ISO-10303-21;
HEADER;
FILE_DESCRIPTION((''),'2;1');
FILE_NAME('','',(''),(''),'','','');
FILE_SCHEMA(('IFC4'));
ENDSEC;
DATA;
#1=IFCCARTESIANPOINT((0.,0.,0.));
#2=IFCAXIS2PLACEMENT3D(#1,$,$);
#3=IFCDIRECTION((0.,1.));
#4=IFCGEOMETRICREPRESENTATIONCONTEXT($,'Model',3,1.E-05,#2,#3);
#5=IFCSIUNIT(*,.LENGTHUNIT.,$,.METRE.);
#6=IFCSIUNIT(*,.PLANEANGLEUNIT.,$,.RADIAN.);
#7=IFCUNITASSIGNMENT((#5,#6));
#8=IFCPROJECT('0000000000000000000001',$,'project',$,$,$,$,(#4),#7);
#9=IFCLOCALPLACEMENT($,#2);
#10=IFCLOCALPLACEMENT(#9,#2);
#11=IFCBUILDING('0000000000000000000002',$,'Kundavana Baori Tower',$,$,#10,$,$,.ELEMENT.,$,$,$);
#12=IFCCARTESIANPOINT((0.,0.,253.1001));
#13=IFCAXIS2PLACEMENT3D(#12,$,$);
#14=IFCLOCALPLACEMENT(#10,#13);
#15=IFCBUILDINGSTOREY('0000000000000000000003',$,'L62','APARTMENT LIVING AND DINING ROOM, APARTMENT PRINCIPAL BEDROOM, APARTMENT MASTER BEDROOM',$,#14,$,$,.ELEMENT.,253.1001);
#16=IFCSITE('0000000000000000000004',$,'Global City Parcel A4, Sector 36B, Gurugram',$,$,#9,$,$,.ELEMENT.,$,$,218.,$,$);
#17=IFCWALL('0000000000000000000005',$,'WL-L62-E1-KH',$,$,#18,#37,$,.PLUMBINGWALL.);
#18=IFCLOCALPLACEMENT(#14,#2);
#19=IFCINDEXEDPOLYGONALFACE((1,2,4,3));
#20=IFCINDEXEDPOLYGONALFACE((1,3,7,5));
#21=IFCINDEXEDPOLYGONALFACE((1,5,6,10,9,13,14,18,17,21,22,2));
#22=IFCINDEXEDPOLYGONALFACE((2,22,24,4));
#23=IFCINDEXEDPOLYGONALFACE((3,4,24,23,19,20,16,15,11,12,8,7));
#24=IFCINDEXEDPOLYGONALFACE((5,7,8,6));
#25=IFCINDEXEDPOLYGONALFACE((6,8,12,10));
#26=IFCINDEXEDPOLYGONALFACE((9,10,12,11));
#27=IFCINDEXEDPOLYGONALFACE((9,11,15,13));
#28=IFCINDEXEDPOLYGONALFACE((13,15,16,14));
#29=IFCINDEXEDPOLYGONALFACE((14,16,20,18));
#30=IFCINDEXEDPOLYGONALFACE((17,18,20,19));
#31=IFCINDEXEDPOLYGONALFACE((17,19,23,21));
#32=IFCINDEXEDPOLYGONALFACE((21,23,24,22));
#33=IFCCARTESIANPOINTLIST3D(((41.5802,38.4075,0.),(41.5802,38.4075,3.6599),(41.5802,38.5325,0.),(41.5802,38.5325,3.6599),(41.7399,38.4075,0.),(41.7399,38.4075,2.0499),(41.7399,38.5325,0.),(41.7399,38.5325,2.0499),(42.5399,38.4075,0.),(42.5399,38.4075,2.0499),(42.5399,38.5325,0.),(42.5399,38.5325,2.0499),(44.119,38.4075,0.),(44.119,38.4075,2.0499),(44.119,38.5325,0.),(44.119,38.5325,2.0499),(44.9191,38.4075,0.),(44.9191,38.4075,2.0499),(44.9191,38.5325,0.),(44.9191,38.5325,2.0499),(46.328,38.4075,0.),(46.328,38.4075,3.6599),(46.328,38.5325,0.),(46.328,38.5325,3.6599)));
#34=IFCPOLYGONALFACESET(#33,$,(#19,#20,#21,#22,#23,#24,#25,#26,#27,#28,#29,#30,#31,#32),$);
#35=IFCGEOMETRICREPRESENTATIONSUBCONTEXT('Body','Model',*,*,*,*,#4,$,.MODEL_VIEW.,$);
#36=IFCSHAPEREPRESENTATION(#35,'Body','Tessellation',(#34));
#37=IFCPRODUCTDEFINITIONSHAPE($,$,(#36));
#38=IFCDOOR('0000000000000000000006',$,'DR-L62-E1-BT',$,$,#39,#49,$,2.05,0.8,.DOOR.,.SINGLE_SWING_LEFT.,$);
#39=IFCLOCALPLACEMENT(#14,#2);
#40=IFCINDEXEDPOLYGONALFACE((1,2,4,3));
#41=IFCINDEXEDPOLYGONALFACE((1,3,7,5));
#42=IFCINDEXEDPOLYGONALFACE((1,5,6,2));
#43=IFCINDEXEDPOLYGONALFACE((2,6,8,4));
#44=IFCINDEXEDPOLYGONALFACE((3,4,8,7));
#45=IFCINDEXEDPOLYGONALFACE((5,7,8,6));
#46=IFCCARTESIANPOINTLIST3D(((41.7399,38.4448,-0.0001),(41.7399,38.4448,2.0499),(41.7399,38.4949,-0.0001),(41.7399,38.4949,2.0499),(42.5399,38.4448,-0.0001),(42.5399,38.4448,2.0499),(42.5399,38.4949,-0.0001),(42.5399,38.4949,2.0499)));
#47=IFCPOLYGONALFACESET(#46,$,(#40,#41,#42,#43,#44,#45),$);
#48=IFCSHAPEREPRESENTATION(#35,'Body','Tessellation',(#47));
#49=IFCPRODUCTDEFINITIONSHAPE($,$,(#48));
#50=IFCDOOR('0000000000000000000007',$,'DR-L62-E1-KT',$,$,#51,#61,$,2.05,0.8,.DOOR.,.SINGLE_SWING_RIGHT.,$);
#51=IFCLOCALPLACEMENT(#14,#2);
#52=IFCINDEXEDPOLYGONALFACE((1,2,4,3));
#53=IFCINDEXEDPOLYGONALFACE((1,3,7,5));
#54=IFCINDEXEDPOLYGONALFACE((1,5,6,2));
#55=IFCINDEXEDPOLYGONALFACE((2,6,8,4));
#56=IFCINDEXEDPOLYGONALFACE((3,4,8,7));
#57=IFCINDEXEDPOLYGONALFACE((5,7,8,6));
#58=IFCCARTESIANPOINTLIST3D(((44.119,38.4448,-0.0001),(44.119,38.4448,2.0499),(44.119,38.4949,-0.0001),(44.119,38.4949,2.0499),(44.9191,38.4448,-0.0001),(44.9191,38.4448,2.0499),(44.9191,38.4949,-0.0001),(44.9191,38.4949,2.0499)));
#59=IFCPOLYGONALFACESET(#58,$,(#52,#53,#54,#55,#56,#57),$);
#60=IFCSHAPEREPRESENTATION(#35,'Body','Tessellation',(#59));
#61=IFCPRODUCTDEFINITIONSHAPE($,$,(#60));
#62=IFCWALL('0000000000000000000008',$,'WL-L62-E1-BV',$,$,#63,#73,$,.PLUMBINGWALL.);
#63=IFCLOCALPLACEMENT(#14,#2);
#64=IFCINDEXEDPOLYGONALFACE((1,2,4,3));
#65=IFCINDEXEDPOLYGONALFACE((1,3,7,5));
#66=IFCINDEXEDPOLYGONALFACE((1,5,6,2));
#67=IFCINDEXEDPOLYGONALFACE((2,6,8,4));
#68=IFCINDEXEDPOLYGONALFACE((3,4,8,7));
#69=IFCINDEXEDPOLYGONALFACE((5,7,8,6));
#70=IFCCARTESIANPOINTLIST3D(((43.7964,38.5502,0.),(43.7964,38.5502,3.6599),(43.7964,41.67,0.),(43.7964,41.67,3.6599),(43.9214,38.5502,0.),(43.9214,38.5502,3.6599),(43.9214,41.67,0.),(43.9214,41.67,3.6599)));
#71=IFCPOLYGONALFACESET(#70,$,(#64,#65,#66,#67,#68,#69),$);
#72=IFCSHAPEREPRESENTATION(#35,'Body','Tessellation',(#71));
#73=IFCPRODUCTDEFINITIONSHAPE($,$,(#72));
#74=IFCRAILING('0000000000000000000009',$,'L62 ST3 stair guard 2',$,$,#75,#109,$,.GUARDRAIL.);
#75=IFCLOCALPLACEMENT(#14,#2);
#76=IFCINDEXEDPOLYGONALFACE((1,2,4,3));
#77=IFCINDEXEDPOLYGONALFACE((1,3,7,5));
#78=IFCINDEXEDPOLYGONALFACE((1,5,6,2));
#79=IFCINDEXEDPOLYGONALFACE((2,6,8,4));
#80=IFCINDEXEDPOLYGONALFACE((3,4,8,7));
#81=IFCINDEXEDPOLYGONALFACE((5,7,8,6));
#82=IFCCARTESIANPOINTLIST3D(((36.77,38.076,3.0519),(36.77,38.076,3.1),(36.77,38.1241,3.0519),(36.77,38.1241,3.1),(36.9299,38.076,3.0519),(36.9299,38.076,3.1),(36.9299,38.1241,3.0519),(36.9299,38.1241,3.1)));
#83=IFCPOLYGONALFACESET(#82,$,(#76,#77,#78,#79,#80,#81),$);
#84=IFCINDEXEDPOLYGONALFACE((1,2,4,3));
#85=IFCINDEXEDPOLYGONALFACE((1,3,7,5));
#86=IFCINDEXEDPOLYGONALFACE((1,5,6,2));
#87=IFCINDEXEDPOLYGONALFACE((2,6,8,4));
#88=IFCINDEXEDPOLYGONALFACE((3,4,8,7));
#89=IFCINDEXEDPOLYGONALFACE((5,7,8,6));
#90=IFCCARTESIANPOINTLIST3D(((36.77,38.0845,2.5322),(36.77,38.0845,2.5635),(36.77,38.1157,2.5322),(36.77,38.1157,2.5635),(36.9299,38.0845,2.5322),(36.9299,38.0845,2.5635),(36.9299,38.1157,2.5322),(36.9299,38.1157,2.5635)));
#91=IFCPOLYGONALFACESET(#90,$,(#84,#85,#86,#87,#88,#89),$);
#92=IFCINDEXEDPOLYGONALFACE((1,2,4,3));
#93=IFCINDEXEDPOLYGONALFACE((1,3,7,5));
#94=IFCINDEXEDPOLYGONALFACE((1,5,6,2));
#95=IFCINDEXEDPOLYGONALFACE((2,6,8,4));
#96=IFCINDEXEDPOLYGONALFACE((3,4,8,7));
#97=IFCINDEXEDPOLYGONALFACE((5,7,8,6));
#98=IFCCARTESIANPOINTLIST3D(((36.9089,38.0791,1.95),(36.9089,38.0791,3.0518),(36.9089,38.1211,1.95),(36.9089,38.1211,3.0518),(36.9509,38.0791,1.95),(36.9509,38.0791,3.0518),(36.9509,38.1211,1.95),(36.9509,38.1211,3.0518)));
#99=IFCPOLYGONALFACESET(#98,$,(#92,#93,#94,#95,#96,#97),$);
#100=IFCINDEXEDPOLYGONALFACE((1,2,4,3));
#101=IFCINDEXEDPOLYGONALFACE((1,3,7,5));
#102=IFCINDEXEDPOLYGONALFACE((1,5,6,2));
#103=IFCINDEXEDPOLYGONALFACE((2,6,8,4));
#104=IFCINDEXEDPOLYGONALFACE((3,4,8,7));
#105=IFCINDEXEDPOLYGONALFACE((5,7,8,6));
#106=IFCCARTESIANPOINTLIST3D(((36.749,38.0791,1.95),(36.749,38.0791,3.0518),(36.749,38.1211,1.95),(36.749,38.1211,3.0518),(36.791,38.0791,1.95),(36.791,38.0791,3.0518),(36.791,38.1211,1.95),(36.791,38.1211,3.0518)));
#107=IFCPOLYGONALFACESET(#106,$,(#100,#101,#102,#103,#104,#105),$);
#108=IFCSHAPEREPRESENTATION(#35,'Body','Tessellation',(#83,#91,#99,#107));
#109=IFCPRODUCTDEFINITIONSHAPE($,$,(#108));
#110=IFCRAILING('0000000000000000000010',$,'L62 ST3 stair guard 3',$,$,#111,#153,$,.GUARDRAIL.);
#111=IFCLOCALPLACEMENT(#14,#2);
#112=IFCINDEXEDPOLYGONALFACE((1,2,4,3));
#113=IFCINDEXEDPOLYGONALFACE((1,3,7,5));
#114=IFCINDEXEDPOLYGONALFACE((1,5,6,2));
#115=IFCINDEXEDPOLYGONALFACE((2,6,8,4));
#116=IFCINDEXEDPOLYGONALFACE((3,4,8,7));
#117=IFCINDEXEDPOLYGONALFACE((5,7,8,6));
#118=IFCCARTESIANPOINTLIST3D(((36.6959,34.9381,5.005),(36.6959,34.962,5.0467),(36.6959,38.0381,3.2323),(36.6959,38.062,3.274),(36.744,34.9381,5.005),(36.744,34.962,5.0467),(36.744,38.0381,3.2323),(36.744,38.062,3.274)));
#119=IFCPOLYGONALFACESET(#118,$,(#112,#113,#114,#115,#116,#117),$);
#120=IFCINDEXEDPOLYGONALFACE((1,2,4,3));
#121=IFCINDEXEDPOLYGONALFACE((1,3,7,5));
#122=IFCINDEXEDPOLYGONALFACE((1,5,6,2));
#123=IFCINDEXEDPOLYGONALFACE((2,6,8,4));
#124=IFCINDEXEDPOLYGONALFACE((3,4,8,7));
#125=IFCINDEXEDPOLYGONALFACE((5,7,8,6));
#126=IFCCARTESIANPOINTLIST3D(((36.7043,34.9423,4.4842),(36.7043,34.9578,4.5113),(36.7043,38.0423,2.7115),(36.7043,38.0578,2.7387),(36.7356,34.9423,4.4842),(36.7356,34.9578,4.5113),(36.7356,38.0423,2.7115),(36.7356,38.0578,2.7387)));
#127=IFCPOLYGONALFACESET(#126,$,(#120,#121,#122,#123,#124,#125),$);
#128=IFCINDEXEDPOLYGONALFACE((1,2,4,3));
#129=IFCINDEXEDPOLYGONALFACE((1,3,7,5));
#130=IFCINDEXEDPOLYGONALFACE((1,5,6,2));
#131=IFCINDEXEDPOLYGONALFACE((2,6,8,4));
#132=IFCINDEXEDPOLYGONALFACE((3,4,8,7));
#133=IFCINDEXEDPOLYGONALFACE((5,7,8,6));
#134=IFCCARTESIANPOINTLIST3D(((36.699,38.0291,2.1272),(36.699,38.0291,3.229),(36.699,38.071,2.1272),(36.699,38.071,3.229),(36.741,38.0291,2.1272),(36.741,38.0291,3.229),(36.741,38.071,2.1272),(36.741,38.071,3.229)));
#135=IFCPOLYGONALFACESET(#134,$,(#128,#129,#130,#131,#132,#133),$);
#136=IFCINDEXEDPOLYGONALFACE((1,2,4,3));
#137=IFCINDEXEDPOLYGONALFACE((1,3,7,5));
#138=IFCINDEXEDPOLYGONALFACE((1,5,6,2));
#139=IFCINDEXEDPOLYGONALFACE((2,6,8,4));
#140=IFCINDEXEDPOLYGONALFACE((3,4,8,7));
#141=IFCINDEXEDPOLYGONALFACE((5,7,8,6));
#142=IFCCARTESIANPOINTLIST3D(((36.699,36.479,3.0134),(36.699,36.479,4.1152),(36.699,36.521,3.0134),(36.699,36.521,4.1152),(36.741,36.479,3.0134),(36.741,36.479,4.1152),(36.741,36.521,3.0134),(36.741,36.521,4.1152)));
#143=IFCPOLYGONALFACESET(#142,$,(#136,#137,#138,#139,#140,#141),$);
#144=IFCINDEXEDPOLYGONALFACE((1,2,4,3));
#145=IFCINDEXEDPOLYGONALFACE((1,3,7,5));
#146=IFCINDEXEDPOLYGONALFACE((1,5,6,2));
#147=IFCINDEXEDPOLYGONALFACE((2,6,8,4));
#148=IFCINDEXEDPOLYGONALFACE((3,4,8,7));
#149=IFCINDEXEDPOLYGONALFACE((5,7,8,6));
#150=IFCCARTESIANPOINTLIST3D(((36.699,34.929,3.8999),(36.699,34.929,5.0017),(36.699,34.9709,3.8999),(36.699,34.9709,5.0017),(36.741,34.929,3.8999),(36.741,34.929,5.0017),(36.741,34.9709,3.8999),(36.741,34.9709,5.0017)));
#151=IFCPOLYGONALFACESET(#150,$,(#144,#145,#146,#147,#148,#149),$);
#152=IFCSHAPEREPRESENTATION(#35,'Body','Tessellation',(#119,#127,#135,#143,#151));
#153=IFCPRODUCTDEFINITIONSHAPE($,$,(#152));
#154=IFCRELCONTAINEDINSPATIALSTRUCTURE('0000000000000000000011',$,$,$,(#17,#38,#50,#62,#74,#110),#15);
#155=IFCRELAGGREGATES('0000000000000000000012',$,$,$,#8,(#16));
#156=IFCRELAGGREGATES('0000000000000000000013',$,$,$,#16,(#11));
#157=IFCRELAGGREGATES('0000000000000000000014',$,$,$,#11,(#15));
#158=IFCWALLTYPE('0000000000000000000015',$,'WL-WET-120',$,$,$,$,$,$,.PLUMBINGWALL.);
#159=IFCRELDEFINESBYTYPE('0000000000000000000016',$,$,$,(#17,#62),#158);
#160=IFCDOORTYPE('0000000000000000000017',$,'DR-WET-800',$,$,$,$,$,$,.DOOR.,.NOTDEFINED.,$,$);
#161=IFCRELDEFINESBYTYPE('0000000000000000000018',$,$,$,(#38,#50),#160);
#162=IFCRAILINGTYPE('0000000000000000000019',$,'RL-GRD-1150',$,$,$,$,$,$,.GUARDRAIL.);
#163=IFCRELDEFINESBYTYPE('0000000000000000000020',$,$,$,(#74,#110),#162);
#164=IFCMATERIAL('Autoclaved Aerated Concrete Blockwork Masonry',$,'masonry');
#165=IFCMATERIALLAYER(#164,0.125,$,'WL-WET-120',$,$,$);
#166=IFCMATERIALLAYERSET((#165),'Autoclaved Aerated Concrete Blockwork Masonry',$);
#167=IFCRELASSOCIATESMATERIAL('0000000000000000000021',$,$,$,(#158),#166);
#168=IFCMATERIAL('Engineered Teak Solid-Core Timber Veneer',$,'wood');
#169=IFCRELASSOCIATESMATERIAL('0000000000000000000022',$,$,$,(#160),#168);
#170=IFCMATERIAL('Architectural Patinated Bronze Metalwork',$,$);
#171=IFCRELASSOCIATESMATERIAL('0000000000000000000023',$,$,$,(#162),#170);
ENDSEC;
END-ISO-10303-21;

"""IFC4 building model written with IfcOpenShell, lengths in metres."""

from ifc_helpers import new_model, si_unit, direction, frame, frame_2d, origin, origin_2d, place, context, subcontext, project, spatial, rectangle, extrude, material, layer, layer_set, type_object, element, fill, save


model = new_model("IFC4")

# Units and contexts
model_context = context("Model", 3, precision=1e-05, world=origin(), true_north=direction((0.0, 1.0)))
body_context = subcontext(model_context, "Body", "Model", "MODEL_VIEW")
ifc_project = project(units=[si_unit("LENGTHUNIT", "METRE"), si_unit("PLANEANGLEUNIT", "RADIAN")], contexts=[model_context])

# Site, building, storey
site_placement = place(None, origin())
site = spatial("IfcSite", under=ifc_project, at=site_placement, Name="Global City Parcel A4, Sector 36B, Gurugram", CompositionType="ELEMENT", RefElevation=218.0)
building_placement = place(site_placement, origin())
building = spatial("IfcBuilding", under=site, at=building_placement, Name="Kundavana Baori Tower", CompositionType="ELEMENT")
storey_placement = place(building_placement, frame((0.0, 0.0, 253.1001)))
storey = spatial("IfcBuildingStorey", under=building, at=storey_placement, Name="L62", Description="APARTMENT LIVING AND DINING ROOM, APARTMENT PRINCIPAL BEDROOM, APARTMENT MASTER BEDROOM", CompositionType="ELEMENT", Elevation=253.1001)

# Wall, openings, doors
ifc_material_1 = material(Name="Autoclaved Aerated Concrete Blockwork Masonry", Category="masonry")
ifc_layer_1 = layer(ifc_material_1, 0.125, Name="WL-WET-120")
ifc_layer_set_1 = layer_set([ifc_layer_1], Name="Autoclaved Aerated Concrete Blockwork Masonry")
wall_type_1 = type_object("IfcWallType", Name="WL-WET-120", PredefinedType="PLUMBINGWALL", material=ifc_layer_set_1)
wall_1_placement = place(storey_placement, frame((41.5801, 38.47, 0.0), z_axis=(0.0, 0.0, 1.0), x_axis=(1.0, 0.0, 0.0)))
wall_1 = element("IfcWall", 1, at=wall_1_placement, inside=storey, type_object=wall_type_1, Name="WL-L62-E1-KH", PredefinedType="PLUMBINGWALL", context=body_context, shape_type="SweptSolid", body=[
    extrude(rectangle(XDim=4.7478, YDim=0.125, at=frame_2d((2.374, 0.0))), origin(), (0.0, 0.0, 1.0), 3.6599),
])
opening_1_placement = place(wall_1_placement, frame((0.1599, 0.0, 0.0)))
opening_1 = element("IfcOpeningElement", 2, at=opening_1_placement, cuts=wall_1, PredefinedType="OPENING", context=body_context, shape_type="SweptSolid", body=[
    extrude(rectangle(XDim=0.8, YDim=2.05, at=frame_2d((0.3999, 1.0249))), frame((0.0, 0.0725, 0.0), z_axis=(0.0, -1.0, 0.0), x_axis=(1.0, 0.0, 0.0)), (0.0, 0.0, 1.0), 0.145),
])
opening_2_placement = place(wall_1_placement, frame((2.5391, 0.0, 0.0)))
opening_2 = element("IfcOpeningElement", 3, at=opening_2_placement, cuts=wall_1, PredefinedType="OPENING", context=body_context, shape_type="SweptSolid", body=[
    extrude(rectangle(XDim=0.8, YDim=2.05, at=frame_2d((0.3999, 1.0249))), frame((0.0, 0.0725, 0.0), z_axis=(0.0, -1.0, 0.0), x_axis=(1.0, 0.0, 0.0)), (0.0, 0.0, 1.0), 0.145),
])
ifc_material_2 = material(Name="Engineered Teak Solid-Core Timber Veneer", Category="wood")
door_type_1 = type_object("IfcDoorType", Name="DR-WET-800", OperationType="NOTDEFINED", PredefinedType="DOOR", material=ifc_material_2)
door_1_placement = place(opening_1_placement, origin())
door_1 = element("IfcDoor", 4, at=door_1_placement, inside=storey, type_object=door_type_1, Name="DR-L62-E1-BT", OperationType="SINGLE_SWING_LEFT", OverallHeight=2.05, OverallWidth=0.8, PredefinedType="DOOR", context=body_context, shape_type="SweptSolid", body=[
    extrude(rectangle(XDim=0.8, YDim=2.05, at=frame_2d((0.3999, 1.0249))), frame((0.0, 0.0249, 0.0), z_axis=(0.0, -1.0, 0.0), x_axis=(1.0, 0.0, 0.0)), (0.0, 0.0, 1.0), 0.05),
])
fill(opening_1, door_1)
door_2_placement = place(opening_2_placement, origin())
door_2 = element("IfcDoor", 5, at=door_2_placement, inside=storey, type_object=door_type_1, Name="DR-L62-E1-KT", OperationType="SINGLE_SWING_RIGHT", OverallHeight=2.05, OverallWidth=0.8, PredefinedType="DOOR", context=body_context, shape_type="SweptSolid", body=[
    extrude(rectangle(XDim=0.8, YDim=2.05, at=frame_2d((0.3999, 1.0249))), frame((0.0, 0.0249, 0.0), z_axis=(0.0, -1.0, 0.0), x_axis=(1.0, 0.0, 0.0)), (0.0, 0.0, 1.0), 0.05),
])
fill(opening_2, door_2)

# Wall
wall_2_placement = place(storey_placement, frame((43.8589, 38.55, 0.0), z_axis=(0.0, 0.0, 1.0), x_axis=(0.0, 1.0, 0.0)))
element("IfcWall", 6, at=wall_2_placement, inside=storey, type_object=wall_type_1, Name="WL-L62-E1-BV", PredefinedType="PLUMBINGWALL", context=body_context, shape_type="SweptSolid", body=[
    extrude(rectangle(XDim=3.1199, YDim=0.125, at=frame_2d((1.5601, 0.0))), origin(), (0.0, 0.0, 1.0), 3.6599),
])

# Railings
ifc_material_3 = material(Name="Architectural Patinated Bronze Metalwork")
railing_type_1 = type_object("IfcRailingType", Name="RL-GRD-1150", PredefinedType="GUARDRAIL", material=ifc_material_3)
railing_1_placement = place(storey_placement, frame((36.9299, 38.1001, 1.95)))
element("IfcRailing", 7, at=railing_1_placement, inside=storey, type_object=railing_type_1, Name="L62 ST3 stair guard 2", PredefinedType="GUARDRAIL", context=body_context, shape_type="SweptSolid", body=[
    extrude(rectangle(XDim=0.0481, YDim=0.0481, at=origin_2d()), frame((0.0, 0.0, 1.126), z_axis=(-1.0, 0.0, 0.0), x_axis=(0.0, -1.0, 0.0)), (0.0, 0.0, 1.0), 0.1599),
    extrude(rectangle(XDim=0.0312, YDim=0.0312, at=origin_2d()), frame((0.0, 0.0, 0.5979), z_axis=(-1.0, 0.0, 0.0), x_axis=(0.0, -1.0, 0.0)), (0.0, 0.0, 1.0), 0.1599),
    extrude(rectangle(XDim=0.042, YDim=0.042, at=origin_2d()), origin(), (0.0, 0.0, 1.0), 1.1018),
    extrude(rectangle(XDim=0.042, YDim=0.042, at=origin_2d()), frame((-0.1599, 0.0, 0.0)), (0.0, 0.0, 1.0), 1.1018),
])
railing_2_placement = place(storey_placement, frame((36.72, 38.05, 2.1272)))
element("IfcRailing", 8, at=railing_2_placement, inside=storey, type_object=railing_type_1, Name="L62 ST3 stair guard 3", PredefinedType="GUARDRAIL", context=body_context, shape_type="SweptSolid", body=[
    extrude(rectangle(XDim=0.0481, YDim=0.0481, at=origin_2d()), frame((0.0, 0.0, 1.126), z_axis=(0.0, -0.868096, 0.496397), x_axis=(1.0, 0.0, 0.0)), (0.0, 0.0, 1.0), 3.571),
    extrude(rectangle(XDim=0.0312, YDim=0.0312, at=origin_2d()), frame((0.0, 0.0, 0.5979), z_axis=(0.0, -0.868096, 0.496397), x_axis=(1.0, 0.0, 0.0)), (0.0, 0.0, 1.0), 3.571),
    extrude(rectangle(XDim=0.042, YDim=0.042, at=origin_2d()), origin(), (0.0, 0.0, 1.0), 1.1018),
    extrude(rectangle(XDim=0.042, YDim=0.042, at=origin_2d()), frame((0.0, -1.55, 0.8862)), (0.0, 0.0, 1.0), 1.1018),
    extrude(rectangle(XDim=0.042, YDim=0.042, at=origin_2d()), frame((0.0, -3.1001, 1.7727)), (0.0, 0.0, 1.0), 1.1018),
])

save(model, "model.ifc")
